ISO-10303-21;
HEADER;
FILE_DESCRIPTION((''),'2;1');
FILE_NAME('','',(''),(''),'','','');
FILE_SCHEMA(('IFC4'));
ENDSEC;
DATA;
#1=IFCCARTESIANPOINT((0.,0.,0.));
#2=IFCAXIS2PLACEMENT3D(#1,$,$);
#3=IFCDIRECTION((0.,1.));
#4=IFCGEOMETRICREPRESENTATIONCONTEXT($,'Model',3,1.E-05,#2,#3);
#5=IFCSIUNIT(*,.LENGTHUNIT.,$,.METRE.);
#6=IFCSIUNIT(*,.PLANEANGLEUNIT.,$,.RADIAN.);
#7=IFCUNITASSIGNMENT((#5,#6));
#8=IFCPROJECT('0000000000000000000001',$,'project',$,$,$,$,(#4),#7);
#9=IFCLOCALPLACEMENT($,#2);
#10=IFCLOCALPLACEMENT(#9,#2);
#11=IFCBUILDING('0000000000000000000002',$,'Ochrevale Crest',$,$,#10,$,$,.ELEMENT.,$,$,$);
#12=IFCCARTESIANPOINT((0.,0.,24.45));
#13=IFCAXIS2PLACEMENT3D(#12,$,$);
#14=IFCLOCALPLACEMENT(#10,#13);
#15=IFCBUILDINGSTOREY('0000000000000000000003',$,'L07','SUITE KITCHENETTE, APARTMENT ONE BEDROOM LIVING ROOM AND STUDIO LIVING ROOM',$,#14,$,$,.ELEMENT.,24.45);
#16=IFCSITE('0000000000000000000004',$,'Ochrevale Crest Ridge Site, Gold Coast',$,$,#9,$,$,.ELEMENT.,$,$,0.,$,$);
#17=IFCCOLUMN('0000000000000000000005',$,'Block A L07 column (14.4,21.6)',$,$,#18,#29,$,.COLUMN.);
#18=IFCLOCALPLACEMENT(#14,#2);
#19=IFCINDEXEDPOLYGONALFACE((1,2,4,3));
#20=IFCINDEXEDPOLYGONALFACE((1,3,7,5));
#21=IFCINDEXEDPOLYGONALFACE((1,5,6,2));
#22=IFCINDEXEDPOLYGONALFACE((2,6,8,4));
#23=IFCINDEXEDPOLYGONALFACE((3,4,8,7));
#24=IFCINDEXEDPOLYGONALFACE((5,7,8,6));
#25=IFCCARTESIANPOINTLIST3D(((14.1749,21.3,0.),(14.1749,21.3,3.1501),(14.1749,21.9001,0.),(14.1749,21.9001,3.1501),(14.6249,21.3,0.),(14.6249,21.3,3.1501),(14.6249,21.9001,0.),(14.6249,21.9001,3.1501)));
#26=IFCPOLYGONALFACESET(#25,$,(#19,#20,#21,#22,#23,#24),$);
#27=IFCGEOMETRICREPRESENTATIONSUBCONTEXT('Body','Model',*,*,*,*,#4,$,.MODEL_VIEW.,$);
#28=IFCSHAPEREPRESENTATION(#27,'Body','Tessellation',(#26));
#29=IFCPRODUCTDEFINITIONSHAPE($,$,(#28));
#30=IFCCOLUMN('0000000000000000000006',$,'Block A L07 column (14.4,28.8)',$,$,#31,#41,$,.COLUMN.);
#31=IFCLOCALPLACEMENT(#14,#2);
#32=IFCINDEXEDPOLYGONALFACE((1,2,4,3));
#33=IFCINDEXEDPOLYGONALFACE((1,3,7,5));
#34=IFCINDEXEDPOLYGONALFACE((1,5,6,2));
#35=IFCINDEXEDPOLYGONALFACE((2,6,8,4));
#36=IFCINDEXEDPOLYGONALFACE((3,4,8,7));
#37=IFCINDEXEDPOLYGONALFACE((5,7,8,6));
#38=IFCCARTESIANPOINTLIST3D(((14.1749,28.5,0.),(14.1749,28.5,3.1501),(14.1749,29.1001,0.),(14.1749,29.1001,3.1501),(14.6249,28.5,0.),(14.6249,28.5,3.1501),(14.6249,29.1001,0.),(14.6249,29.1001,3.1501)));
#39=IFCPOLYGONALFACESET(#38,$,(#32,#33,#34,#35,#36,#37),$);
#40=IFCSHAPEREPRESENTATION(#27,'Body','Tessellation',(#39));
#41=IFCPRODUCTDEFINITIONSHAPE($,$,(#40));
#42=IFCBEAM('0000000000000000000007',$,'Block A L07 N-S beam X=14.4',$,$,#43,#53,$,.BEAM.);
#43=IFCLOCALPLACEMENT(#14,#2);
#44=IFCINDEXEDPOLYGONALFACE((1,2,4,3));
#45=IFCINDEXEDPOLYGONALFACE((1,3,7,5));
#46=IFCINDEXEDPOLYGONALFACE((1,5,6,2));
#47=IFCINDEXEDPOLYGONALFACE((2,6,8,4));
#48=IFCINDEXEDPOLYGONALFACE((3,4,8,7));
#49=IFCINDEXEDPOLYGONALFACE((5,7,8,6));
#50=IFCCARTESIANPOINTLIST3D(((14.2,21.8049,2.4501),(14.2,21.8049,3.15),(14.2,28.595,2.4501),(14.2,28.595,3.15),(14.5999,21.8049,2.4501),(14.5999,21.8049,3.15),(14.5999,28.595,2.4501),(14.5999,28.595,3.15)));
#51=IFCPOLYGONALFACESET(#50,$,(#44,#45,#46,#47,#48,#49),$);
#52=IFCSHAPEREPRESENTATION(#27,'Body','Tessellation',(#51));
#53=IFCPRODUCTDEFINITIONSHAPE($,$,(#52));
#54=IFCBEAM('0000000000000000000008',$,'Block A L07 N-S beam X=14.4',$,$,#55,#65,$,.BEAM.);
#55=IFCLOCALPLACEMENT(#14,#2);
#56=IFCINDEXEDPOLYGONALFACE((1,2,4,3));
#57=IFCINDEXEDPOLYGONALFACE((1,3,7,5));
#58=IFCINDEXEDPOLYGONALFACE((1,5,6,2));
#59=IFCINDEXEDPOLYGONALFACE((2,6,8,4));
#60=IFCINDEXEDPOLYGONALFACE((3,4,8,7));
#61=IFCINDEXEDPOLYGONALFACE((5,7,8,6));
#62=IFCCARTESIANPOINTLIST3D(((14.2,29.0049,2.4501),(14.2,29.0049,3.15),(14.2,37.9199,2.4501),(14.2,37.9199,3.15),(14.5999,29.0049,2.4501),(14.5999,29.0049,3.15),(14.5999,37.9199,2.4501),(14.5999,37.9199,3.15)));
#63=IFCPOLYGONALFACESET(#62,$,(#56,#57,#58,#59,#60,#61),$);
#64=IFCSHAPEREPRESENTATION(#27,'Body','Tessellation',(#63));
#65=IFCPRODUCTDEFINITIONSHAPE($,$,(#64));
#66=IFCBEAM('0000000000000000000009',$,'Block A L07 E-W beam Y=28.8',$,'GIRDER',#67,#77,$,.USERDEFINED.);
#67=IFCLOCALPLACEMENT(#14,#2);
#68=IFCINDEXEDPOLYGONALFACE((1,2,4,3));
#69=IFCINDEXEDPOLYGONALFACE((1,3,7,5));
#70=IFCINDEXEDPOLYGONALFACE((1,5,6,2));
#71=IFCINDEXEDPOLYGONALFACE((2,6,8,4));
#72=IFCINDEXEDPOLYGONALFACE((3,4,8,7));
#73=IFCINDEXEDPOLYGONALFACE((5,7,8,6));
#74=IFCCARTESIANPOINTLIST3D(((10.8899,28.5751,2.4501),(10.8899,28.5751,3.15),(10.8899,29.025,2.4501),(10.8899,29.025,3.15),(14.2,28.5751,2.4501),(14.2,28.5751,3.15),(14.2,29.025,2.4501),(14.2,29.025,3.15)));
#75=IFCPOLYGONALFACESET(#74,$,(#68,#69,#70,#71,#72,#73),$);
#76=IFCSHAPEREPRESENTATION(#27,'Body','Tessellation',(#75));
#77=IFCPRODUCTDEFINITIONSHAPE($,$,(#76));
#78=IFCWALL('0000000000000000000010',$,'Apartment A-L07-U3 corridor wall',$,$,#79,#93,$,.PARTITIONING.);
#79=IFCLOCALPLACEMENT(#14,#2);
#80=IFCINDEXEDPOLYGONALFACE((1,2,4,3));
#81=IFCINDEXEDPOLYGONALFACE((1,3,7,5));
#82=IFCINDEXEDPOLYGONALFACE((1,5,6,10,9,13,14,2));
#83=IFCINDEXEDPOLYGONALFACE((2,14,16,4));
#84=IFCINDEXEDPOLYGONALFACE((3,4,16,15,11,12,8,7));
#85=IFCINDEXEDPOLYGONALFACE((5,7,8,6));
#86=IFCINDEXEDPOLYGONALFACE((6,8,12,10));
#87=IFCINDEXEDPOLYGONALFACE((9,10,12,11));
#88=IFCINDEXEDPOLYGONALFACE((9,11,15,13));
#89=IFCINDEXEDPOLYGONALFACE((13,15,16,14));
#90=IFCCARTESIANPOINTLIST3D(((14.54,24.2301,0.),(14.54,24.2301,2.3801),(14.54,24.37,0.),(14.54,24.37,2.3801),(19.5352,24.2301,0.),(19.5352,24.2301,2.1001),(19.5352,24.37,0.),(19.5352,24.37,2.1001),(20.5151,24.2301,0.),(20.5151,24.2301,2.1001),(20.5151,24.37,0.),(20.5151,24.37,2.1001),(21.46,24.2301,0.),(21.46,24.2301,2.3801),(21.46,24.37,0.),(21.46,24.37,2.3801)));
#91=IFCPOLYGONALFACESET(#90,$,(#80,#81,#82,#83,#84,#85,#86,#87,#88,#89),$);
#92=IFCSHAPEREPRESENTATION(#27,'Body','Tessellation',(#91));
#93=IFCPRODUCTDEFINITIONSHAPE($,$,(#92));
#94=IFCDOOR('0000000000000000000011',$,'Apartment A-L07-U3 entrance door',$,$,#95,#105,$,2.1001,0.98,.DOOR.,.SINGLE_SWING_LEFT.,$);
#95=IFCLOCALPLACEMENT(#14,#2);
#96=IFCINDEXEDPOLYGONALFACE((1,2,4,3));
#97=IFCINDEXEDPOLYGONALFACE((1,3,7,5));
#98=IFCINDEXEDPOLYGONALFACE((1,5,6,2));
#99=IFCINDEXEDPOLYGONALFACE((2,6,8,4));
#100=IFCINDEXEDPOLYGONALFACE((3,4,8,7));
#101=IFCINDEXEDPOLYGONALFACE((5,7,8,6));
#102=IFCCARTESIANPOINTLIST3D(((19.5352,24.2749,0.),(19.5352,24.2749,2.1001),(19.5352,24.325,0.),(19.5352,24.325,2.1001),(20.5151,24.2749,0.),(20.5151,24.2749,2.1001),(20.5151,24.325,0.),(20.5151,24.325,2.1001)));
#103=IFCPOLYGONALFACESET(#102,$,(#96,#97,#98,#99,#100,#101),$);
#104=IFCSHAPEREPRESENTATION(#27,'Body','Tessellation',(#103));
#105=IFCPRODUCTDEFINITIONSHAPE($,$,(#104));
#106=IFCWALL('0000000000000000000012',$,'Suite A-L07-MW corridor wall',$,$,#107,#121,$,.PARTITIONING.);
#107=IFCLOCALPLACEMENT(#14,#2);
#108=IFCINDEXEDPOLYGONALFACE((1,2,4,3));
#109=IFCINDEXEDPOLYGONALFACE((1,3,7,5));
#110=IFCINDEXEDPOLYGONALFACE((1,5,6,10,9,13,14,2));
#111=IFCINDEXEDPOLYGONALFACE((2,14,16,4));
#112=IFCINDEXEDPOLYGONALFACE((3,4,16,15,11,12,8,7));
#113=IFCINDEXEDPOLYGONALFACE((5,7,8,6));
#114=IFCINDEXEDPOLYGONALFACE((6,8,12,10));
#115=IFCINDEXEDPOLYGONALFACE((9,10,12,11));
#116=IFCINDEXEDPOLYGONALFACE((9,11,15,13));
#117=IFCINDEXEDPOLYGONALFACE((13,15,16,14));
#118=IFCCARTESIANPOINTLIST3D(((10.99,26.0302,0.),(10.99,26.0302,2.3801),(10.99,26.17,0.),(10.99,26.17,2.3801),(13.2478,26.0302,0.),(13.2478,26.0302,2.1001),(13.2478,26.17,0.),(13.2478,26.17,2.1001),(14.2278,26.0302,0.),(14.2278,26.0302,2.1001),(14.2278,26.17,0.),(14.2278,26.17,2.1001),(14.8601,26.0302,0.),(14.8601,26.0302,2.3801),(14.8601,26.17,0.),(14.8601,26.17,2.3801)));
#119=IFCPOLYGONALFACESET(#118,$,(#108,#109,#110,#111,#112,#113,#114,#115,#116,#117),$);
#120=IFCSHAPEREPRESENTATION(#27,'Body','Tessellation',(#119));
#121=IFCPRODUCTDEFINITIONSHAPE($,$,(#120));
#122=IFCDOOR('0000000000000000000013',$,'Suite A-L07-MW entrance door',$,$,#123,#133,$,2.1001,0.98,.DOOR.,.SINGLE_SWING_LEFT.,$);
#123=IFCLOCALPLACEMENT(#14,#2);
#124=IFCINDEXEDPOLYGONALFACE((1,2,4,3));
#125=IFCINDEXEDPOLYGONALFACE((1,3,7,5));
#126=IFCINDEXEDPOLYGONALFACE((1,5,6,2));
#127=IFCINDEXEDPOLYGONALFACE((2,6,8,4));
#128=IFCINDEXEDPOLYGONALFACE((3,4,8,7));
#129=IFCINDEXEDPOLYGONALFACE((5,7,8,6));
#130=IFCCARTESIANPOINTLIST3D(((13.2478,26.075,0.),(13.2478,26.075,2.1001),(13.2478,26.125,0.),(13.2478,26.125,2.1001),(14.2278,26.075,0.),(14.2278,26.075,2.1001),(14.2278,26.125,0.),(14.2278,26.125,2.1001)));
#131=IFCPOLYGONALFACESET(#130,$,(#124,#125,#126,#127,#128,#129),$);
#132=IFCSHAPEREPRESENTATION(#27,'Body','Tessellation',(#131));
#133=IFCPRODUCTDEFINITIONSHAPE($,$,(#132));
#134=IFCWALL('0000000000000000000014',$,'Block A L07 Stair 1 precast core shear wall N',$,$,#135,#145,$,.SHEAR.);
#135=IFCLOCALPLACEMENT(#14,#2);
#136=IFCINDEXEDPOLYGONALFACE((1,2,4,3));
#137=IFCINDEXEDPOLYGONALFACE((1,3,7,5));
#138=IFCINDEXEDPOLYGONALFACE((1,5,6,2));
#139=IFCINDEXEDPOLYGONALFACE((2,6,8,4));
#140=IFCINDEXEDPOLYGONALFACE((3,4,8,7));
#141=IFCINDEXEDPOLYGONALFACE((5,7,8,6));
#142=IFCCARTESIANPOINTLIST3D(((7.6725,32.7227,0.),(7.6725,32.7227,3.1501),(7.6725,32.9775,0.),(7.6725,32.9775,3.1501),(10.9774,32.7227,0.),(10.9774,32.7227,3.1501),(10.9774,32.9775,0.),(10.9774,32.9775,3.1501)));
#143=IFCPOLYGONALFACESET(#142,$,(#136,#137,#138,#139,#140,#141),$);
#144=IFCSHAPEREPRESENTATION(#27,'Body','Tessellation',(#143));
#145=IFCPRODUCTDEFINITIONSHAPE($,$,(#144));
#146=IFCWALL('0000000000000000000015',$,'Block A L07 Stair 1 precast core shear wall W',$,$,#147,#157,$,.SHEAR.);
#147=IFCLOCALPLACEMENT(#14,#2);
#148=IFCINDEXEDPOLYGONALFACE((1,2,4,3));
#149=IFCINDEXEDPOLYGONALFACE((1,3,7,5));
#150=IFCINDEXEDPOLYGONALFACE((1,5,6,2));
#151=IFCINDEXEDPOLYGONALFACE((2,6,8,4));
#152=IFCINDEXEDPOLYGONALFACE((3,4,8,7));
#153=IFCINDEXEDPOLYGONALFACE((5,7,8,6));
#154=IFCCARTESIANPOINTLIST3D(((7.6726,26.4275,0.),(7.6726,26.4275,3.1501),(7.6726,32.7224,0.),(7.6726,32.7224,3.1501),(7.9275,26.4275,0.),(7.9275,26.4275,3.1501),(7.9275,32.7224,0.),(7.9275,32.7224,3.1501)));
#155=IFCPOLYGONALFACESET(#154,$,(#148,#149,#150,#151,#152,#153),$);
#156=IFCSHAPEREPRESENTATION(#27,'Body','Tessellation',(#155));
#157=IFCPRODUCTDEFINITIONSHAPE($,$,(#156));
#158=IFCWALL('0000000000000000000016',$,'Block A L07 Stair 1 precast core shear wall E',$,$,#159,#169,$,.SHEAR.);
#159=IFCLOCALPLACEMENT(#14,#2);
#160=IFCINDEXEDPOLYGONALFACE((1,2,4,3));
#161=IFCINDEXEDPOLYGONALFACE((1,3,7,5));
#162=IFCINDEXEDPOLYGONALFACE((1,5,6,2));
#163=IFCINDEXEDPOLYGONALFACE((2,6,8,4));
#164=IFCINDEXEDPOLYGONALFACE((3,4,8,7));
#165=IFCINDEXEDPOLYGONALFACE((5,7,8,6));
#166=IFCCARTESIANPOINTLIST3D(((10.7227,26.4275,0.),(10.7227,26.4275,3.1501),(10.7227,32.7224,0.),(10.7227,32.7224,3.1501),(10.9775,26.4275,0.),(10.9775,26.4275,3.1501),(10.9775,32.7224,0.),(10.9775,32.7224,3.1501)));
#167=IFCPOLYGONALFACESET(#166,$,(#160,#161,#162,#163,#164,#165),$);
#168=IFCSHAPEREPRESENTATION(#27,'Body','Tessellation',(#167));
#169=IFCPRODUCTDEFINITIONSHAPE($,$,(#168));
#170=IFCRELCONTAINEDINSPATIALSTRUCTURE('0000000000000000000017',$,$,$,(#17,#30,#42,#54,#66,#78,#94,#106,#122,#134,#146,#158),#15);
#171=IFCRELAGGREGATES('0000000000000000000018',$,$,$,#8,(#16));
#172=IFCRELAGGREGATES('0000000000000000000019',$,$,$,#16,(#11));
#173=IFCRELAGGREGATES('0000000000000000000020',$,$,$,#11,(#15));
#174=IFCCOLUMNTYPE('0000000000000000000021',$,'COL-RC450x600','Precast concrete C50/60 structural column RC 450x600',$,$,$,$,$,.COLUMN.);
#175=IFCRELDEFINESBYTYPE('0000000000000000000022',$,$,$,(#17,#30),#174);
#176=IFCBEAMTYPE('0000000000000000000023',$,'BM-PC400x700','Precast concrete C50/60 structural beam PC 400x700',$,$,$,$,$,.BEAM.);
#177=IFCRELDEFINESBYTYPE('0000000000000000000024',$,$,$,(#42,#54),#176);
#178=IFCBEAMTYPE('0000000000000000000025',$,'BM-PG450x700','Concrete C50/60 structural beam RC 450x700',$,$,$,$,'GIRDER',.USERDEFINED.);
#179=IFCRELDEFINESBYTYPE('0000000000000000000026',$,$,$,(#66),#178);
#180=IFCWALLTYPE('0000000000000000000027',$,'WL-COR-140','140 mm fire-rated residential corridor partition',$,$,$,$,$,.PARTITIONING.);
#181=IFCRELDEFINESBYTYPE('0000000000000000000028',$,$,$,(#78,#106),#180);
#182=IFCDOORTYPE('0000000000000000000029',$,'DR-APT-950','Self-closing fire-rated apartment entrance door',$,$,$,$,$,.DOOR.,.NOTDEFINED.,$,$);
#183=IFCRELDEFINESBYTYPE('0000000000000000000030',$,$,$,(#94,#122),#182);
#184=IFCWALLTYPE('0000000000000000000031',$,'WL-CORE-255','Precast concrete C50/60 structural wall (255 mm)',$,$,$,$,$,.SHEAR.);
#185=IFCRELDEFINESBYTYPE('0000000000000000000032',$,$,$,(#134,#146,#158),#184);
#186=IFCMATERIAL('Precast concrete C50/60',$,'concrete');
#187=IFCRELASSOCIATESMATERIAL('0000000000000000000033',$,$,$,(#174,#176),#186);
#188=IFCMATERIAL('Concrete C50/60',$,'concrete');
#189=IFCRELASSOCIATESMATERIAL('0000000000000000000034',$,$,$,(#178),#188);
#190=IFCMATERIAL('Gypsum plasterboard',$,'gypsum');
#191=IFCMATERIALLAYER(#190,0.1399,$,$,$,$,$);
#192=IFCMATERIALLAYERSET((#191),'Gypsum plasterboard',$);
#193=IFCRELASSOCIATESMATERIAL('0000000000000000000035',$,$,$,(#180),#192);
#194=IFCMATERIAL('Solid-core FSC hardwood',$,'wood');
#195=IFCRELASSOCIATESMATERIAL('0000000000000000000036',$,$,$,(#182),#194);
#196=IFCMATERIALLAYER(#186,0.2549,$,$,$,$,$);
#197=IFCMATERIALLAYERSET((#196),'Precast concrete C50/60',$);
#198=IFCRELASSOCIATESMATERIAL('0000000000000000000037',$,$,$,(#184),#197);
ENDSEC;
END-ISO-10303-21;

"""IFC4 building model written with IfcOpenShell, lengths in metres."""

from ifc_helpers import new_model, si_unit, direction, frame, frame_2d, origin, origin_2d, place, context, subcontext, project, spatial, rectangle, extrude, material, layer, layer_set, material_profile, profile_set, type_object, element, fill, save


model = new_model("IFC4")

# Units and contexts
model_context = context("Model", 3, precision=1e-05, world=origin(), true_north=direction((0.0, 1.0)))
body_context = subcontext(model_context, "Body", "Model", "MODEL_VIEW")
ifc_project = project(units=[si_unit("LENGTHUNIT", "METRE"), si_unit("PLANEANGLEUNIT", "RADIAN")], contexts=[model_context])

# Site, building, storey
site_placement = place(None, origin())
site = spatial("IfcSite", under=ifc_project, at=site_placement, Name="Ochrevale Crest Ridge Site, Gold Coast", CompositionType="ELEMENT", RefElevation=0.0)
building_placement = place(site_placement, origin())
building = spatial("IfcBuilding", under=site, at=building_placement, Name="Ochrevale Crest", CompositionType="ELEMENT")
storey_placement = place(building_placement, frame((0.0, 0.0, 24.45)))
storey = spatial("IfcBuildingStorey", under=building, at=storey_placement, Name="L07", Description="SUITE KITCHENETTE, APARTMENT ONE BEDROOM LIVING ROOM AND STUDIO LIVING ROOM", CompositionType="ELEMENT", Elevation=24.45)

# Columns
ifc_material_1 = material(Name="Precast concrete C50/60", Category="concrete")
ifc_material_profile_1 = material_profile(ifc_material_1, rectangle(XDim=0.45, YDim=0.6001, at=origin_2d()), Name="RC 450x600")
ifc_profile_set_1 = profile_set([ifc_material_profile_1], Name="Precast concrete C50/60")
column_type = type_object("IfcColumnType", Name="COL-RC450x600", Description="Precast concrete C50/60 structural column RC 450x600", PredefinedType="COLUMN", material=ifc_profile_set_1)
for number, where, z_axis, x_axis, name in (
    (1, (14.3999, 21.6001, 0.0), (0.0, 0.0, 1.0), (1.0, 0.0, 0.0), "Block A L07 column (14.4,21.6)"),
    (2, (14.3999, 28.8, 0.0), (0.0, 0.0, 1.0), (1.0, 0.0, 0.0), "Block A L07 column (14.4,28.8)"),
):
    element("IfcColumn", number, at=place(storey_placement, frame(where, z_axis=z_axis, x_axis=x_axis)), inside=storey, type_object=column_type, Name=name, PredefinedType="COLUMN", context=body_context, shape_type="SweptSolid", body=[
        extrude(rectangle(XDim=0.45, YDim=0.6001, at=origin_2d()), origin(), (0.0, 0.0, 1.0), 3.1501),
    ])

# Beams
ifc_material_profile_2 = material_profile(ifc_material_1, rectangle(XDim=0.3999, YDim=0.7, at=origin_2d()), Name="PC 400x700")
ifc_profile_set_2 = profile_set([ifc_material_profile_2], Name="Precast concrete C50/60")
beam_type_1 = type_object("IfcBeamType", Name="BM-PC400x700", Description="Precast concrete C50/60 structural beam PC 400x700", PredefinedType="BEAM", material=ifc_profile_set_2)
beam_1_placement = place(storey_placement, frame((14.3999, 21.8049, 2.8), z_axis=(0.0, 1.0, 0.0), x_axis=(-1.0, 0.0, 0.0)))
element("IfcBeam", 3, at=beam_1_placement, inside=storey, type_object=beam_type_1, Name="Block A L07 N-S beam X=14.4", PredefinedType="BEAM", context=body_context, shape_type="SweptSolid", body=[
    extrude(rectangle(XDim=0.3999, YDim=0.7, at=origin_2d()), origin(), (0.0, 0.0, 1.0), 6.79),
])
beam_2_placement = place(storey_placement, frame((14.3999, 29.0049, 2.8), z_axis=(0.0, 1.0, 0.0), x_axis=(-1.0, 0.0, 0.0)))
element("IfcBeam", 4, at=beam_2_placement, inside=storey, type_object=beam_type_1, Name="Block A L07 N-S beam X=14.4", PredefinedType="BEAM", context=body_context, shape_type="SweptSolid", body=[
    extrude(rectangle(XDim=0.3999, YDim=0.7, at=origin_2d()), origin(), (0.0, 0.0, 1.0), 8.915),
])
ifc_material_2 = material(Name="Concrete C50/60", Category="concrete")
ifc_material_profile_3 = material_profile(ifc_material_2, rectangle(XDim=0.45, YDim=0.7, at=origin_2d()), Name="RC 450x700")
ifc_profile_set_3 = profile_set([ifc_material_profile_3], Name="Concrete C50/60")
beam_type_2 = type_object("IfcBeamType", Name="BM-PG450x700", Description="Concrete C50/60 structural beam RC 450x700", ElementType="GIRDER", PredefinedType="USERDEFINED", material=ifc_profile_set_3)
beam_3_placement = place(storey_placement, frame((10.8899, 28.8, 2.8), z_axis=(1.0, 0.0, 0.0), x_axis=(0.0, 1.0, 0.0)))
element("IfcBeam", 5, at=beam_3_placement, inside=storey, type_object=beam_type_2, Name="Block A L07 E-W beam Y=28.8", ObjectType="GIRDER", PredefinedType="USERDEFINED", context=body_context, shape_type="SweptSolid", body=[
    extrude(rectangle(XDim=0.45, YDim=0.7, at=origin_2d()), origin(), (0.0, 0.0, 1.0), 3.3101),
])

# Walls, openings, doors
ifc_material_3 = material(Name="Gypsum plasterboard", Category="gypsum")
ifc_layer_1 = layer(ifc_material_3, 0.1399)
ifc_layer_set_1 = layer_set([ifc_layer_1], Name="Gypsum plasterboard")
wall_type_1 = type_object("IfcWallType", Name="WL-COR-140", Description="140 mm fire-rated residential corridor partition", PredefinedType="PARTITIONING", material=ifc_layer_set_1)
wall_1_placement = place(storey_placement, frame((14.54, 24.3, 0.0), z_axis=(0.0, 0.0, 1.0), x_axis=(1.0, 0.0, 0.0)))
wall_1 = element("IfcWall", 6, at=wall_1_placement, inside=storey, type_object=wall_type_1, Name="Apartment A-L07-U3 corridor wall", PredefinedType="PARTITIONING", context=body_context, shape_type="SweptSolid", body=[
    extrude(rectangle(XDim=6.9199, YDim=0.1399, at=frame_2d((3.46, 0.0))), origin(), (0.0, 0.0, 1.0), 2.3801),
])
opening_1_placement = place(wall_1_placement, frame((4.9951, 0.0, 0.0)))
opening_1 = element("IfcOpeningElement", 7, at=opening_1_placement, cuts=wall_1, PredefinedType="OPENING", context=body_context, shape_type="SweptSolid", body=[
    extrude(rectangle(XDim=0.98, YDim=2.1001, at=frame_2d((0.49, 1.05))), frame((0.0, 0.0801, 0.0), z_axis=(0.0, -1.0, 0.0), x_axis=(1.0, 0.0, 0.0)), (0.0, 0.0, 1.0), 0.1599),
])
ifc_material_4 = material(Name="Solid-core FSC hardwood", Category="wood")
door_type_1 = type_object("IfcDoorType", Name="DR-APT-950", Description="Self-closing fire-rated apartment entrance door", OperationType="NOTDEFINED", PredefinedType="DOOR", material=ifc_material_4)
door_1_placement = place(opening_1_placement, origin())
door_1 = element("IfcDoor", 8, at=door_1_placement, inside=storey, type_object=door_type_1, Name="Apartment A-L07-U3 entrance door", OperationType="SINGLE_SWING_LEFT", OverallHeight=2.1001, OverallWidth=0.98, PredefinedType="DOOR", context=body_context, shape_type="SweptSolid", body=[
    extrude(rectangle(XDim=0.98, YDim=2.1001, at=frame_2d((0.49, 1.05))), frame((0.0, 0.0249, 0.0), z_axis=(0.0, -1.0, 0.0), x_axis=(1.0, 0.0, 0.0)), (0.0, 0.0, 1.0), 0.05),
])
fill(opening_1, door_1)
wall_2_placement = place(storey_placement, frame((10.99, 26.1001, 0.0), z_axis=(0.0, 0.0, 1.0), x_axis=(1.0, 0.0, 0.0)))
wall_2 = element("IfcWall", 9, at=wall_2_placement, inside=storey, type_object=wall_type_1, Name="Suite A-L07-MW corridor wall", PredefinedType="PARTITIONING", context=body_context, shape_type="SweptSolid", body=[
    extrude(rectangle(XDim=3.8701, YDim=0.1399, at=frame_2d((1.9351, 0.0))), origin(), (0.0, 0.0, 1.0), 2.3801),
])
opening_2_placement = place(wall_2_placement, frame((2.2578, 0.0, 0.0)))
opening_2 = element("IfcOpeningElement", 10, at=opening_2_placement, cuts=wall_2, PredefinedType="OPENING", context=body_context, shape_type="SweptSolid", body=[
    extrude(rectangle(XDim=0.98, YDim=2.1001, at=frame_2d((0.49, 1.05))), frame((0.0, 0.0801, 0.0), z_axis=(0.0, -1.0, 0.0), x_axis=(1.0, 0.0, 0.0)), (0.0, 0.0, 1.0), 0.1599),
])
door_2_placement = place(opening_2_placement, origin())
door_2 = element("IfcDoor", 11, at=door_2_placement, inside=storey, type_object=door_type_1, Name="Suite A-L07-MW entrance door", OperationType="SINGLE_SWING_LEFT", OverallHeight=2.1001, OverallWidth=0.98, PredefinedType="DOOR", context=body_context, shape_type="SweptSolid", body=[
    extrude(rectangle(XDim=0.98, YDim=2.1001, at=frame_2d((0.49, 1.05))), frame((0.0, 0.0249, 0.0), z_axis=(0.0, -1.0, 0.0), x_axis=(1.0, 0.0, 0.0)), (0.0, 0.0, 1.0), 0.05),
])
fill(opening_2, door_2)
ifc_layer_2 = layer(ifc_material_1, 0.2549)
ifc_layer_set_2 = layer_set([ifc_layer_2], Name="Precast concrete C50/60")
wall_type_2 = type_object("IfcWallType", Name="WL-CORE-255", Description="Precast concrete C50/60 structural wall (255 mm)", PredefinedType="SHEAR", material=ifc_layer_set_2)

# Walls
wall_3_placement = place(storey_placement, frame((7.6726, 32.8501, 0.0), z_axis=(0.0, 0.0, 1.0), x_axis=(1.0, 0.0, 0.0)))
element("IfcWall", 12, at=wall_3_placement, inside=storey, type_object=wall_type_2, Name="Block A L07 Stair 1 precast core shear wall N", PredefinedType="SHEAR", context=body_context, shape_type="SweptSolid", body=[
    extrude(rectangle(XDim=3.3049, YDim=0.2549, at=frame_2d((1.6523, 0.0))), origin(), (0.0, 0.0, 1.0), 3.1501),
])
for number, where, z_axis, x_axis, name in (
    (13, (7.8, 26.4275, 0.0), (0.0, 0.0, 1.0), (0.0, 1.0, 0.0), "Block A L07 Stair 1 precast core shear wall W"),
    (14, (10.8501, 26.4275, 0.0), (0.0, 0.0, 1.0), (0.0, 1.0, 0.0), "Block A L07 Stair 1 precast core shear wall E"),
):
    element("IfcWall", number, at=place(storey_placement, frame(where, z_axis=z_axis, x_axis=x_axis)), inside=storey, type_object=wall_type_2, Name=name, PredefinedType="SHEAR", context=body_context, shape_type="SweptSolid", body=[
        extrude(rectangle(XDim=6.2949, YDim=0.2549, at=frame_2d((3.1475, 0.0))), origin(), (0.0, 0.0, 1.0), 3.1501),
    ])

save(model, "model.ifc")
